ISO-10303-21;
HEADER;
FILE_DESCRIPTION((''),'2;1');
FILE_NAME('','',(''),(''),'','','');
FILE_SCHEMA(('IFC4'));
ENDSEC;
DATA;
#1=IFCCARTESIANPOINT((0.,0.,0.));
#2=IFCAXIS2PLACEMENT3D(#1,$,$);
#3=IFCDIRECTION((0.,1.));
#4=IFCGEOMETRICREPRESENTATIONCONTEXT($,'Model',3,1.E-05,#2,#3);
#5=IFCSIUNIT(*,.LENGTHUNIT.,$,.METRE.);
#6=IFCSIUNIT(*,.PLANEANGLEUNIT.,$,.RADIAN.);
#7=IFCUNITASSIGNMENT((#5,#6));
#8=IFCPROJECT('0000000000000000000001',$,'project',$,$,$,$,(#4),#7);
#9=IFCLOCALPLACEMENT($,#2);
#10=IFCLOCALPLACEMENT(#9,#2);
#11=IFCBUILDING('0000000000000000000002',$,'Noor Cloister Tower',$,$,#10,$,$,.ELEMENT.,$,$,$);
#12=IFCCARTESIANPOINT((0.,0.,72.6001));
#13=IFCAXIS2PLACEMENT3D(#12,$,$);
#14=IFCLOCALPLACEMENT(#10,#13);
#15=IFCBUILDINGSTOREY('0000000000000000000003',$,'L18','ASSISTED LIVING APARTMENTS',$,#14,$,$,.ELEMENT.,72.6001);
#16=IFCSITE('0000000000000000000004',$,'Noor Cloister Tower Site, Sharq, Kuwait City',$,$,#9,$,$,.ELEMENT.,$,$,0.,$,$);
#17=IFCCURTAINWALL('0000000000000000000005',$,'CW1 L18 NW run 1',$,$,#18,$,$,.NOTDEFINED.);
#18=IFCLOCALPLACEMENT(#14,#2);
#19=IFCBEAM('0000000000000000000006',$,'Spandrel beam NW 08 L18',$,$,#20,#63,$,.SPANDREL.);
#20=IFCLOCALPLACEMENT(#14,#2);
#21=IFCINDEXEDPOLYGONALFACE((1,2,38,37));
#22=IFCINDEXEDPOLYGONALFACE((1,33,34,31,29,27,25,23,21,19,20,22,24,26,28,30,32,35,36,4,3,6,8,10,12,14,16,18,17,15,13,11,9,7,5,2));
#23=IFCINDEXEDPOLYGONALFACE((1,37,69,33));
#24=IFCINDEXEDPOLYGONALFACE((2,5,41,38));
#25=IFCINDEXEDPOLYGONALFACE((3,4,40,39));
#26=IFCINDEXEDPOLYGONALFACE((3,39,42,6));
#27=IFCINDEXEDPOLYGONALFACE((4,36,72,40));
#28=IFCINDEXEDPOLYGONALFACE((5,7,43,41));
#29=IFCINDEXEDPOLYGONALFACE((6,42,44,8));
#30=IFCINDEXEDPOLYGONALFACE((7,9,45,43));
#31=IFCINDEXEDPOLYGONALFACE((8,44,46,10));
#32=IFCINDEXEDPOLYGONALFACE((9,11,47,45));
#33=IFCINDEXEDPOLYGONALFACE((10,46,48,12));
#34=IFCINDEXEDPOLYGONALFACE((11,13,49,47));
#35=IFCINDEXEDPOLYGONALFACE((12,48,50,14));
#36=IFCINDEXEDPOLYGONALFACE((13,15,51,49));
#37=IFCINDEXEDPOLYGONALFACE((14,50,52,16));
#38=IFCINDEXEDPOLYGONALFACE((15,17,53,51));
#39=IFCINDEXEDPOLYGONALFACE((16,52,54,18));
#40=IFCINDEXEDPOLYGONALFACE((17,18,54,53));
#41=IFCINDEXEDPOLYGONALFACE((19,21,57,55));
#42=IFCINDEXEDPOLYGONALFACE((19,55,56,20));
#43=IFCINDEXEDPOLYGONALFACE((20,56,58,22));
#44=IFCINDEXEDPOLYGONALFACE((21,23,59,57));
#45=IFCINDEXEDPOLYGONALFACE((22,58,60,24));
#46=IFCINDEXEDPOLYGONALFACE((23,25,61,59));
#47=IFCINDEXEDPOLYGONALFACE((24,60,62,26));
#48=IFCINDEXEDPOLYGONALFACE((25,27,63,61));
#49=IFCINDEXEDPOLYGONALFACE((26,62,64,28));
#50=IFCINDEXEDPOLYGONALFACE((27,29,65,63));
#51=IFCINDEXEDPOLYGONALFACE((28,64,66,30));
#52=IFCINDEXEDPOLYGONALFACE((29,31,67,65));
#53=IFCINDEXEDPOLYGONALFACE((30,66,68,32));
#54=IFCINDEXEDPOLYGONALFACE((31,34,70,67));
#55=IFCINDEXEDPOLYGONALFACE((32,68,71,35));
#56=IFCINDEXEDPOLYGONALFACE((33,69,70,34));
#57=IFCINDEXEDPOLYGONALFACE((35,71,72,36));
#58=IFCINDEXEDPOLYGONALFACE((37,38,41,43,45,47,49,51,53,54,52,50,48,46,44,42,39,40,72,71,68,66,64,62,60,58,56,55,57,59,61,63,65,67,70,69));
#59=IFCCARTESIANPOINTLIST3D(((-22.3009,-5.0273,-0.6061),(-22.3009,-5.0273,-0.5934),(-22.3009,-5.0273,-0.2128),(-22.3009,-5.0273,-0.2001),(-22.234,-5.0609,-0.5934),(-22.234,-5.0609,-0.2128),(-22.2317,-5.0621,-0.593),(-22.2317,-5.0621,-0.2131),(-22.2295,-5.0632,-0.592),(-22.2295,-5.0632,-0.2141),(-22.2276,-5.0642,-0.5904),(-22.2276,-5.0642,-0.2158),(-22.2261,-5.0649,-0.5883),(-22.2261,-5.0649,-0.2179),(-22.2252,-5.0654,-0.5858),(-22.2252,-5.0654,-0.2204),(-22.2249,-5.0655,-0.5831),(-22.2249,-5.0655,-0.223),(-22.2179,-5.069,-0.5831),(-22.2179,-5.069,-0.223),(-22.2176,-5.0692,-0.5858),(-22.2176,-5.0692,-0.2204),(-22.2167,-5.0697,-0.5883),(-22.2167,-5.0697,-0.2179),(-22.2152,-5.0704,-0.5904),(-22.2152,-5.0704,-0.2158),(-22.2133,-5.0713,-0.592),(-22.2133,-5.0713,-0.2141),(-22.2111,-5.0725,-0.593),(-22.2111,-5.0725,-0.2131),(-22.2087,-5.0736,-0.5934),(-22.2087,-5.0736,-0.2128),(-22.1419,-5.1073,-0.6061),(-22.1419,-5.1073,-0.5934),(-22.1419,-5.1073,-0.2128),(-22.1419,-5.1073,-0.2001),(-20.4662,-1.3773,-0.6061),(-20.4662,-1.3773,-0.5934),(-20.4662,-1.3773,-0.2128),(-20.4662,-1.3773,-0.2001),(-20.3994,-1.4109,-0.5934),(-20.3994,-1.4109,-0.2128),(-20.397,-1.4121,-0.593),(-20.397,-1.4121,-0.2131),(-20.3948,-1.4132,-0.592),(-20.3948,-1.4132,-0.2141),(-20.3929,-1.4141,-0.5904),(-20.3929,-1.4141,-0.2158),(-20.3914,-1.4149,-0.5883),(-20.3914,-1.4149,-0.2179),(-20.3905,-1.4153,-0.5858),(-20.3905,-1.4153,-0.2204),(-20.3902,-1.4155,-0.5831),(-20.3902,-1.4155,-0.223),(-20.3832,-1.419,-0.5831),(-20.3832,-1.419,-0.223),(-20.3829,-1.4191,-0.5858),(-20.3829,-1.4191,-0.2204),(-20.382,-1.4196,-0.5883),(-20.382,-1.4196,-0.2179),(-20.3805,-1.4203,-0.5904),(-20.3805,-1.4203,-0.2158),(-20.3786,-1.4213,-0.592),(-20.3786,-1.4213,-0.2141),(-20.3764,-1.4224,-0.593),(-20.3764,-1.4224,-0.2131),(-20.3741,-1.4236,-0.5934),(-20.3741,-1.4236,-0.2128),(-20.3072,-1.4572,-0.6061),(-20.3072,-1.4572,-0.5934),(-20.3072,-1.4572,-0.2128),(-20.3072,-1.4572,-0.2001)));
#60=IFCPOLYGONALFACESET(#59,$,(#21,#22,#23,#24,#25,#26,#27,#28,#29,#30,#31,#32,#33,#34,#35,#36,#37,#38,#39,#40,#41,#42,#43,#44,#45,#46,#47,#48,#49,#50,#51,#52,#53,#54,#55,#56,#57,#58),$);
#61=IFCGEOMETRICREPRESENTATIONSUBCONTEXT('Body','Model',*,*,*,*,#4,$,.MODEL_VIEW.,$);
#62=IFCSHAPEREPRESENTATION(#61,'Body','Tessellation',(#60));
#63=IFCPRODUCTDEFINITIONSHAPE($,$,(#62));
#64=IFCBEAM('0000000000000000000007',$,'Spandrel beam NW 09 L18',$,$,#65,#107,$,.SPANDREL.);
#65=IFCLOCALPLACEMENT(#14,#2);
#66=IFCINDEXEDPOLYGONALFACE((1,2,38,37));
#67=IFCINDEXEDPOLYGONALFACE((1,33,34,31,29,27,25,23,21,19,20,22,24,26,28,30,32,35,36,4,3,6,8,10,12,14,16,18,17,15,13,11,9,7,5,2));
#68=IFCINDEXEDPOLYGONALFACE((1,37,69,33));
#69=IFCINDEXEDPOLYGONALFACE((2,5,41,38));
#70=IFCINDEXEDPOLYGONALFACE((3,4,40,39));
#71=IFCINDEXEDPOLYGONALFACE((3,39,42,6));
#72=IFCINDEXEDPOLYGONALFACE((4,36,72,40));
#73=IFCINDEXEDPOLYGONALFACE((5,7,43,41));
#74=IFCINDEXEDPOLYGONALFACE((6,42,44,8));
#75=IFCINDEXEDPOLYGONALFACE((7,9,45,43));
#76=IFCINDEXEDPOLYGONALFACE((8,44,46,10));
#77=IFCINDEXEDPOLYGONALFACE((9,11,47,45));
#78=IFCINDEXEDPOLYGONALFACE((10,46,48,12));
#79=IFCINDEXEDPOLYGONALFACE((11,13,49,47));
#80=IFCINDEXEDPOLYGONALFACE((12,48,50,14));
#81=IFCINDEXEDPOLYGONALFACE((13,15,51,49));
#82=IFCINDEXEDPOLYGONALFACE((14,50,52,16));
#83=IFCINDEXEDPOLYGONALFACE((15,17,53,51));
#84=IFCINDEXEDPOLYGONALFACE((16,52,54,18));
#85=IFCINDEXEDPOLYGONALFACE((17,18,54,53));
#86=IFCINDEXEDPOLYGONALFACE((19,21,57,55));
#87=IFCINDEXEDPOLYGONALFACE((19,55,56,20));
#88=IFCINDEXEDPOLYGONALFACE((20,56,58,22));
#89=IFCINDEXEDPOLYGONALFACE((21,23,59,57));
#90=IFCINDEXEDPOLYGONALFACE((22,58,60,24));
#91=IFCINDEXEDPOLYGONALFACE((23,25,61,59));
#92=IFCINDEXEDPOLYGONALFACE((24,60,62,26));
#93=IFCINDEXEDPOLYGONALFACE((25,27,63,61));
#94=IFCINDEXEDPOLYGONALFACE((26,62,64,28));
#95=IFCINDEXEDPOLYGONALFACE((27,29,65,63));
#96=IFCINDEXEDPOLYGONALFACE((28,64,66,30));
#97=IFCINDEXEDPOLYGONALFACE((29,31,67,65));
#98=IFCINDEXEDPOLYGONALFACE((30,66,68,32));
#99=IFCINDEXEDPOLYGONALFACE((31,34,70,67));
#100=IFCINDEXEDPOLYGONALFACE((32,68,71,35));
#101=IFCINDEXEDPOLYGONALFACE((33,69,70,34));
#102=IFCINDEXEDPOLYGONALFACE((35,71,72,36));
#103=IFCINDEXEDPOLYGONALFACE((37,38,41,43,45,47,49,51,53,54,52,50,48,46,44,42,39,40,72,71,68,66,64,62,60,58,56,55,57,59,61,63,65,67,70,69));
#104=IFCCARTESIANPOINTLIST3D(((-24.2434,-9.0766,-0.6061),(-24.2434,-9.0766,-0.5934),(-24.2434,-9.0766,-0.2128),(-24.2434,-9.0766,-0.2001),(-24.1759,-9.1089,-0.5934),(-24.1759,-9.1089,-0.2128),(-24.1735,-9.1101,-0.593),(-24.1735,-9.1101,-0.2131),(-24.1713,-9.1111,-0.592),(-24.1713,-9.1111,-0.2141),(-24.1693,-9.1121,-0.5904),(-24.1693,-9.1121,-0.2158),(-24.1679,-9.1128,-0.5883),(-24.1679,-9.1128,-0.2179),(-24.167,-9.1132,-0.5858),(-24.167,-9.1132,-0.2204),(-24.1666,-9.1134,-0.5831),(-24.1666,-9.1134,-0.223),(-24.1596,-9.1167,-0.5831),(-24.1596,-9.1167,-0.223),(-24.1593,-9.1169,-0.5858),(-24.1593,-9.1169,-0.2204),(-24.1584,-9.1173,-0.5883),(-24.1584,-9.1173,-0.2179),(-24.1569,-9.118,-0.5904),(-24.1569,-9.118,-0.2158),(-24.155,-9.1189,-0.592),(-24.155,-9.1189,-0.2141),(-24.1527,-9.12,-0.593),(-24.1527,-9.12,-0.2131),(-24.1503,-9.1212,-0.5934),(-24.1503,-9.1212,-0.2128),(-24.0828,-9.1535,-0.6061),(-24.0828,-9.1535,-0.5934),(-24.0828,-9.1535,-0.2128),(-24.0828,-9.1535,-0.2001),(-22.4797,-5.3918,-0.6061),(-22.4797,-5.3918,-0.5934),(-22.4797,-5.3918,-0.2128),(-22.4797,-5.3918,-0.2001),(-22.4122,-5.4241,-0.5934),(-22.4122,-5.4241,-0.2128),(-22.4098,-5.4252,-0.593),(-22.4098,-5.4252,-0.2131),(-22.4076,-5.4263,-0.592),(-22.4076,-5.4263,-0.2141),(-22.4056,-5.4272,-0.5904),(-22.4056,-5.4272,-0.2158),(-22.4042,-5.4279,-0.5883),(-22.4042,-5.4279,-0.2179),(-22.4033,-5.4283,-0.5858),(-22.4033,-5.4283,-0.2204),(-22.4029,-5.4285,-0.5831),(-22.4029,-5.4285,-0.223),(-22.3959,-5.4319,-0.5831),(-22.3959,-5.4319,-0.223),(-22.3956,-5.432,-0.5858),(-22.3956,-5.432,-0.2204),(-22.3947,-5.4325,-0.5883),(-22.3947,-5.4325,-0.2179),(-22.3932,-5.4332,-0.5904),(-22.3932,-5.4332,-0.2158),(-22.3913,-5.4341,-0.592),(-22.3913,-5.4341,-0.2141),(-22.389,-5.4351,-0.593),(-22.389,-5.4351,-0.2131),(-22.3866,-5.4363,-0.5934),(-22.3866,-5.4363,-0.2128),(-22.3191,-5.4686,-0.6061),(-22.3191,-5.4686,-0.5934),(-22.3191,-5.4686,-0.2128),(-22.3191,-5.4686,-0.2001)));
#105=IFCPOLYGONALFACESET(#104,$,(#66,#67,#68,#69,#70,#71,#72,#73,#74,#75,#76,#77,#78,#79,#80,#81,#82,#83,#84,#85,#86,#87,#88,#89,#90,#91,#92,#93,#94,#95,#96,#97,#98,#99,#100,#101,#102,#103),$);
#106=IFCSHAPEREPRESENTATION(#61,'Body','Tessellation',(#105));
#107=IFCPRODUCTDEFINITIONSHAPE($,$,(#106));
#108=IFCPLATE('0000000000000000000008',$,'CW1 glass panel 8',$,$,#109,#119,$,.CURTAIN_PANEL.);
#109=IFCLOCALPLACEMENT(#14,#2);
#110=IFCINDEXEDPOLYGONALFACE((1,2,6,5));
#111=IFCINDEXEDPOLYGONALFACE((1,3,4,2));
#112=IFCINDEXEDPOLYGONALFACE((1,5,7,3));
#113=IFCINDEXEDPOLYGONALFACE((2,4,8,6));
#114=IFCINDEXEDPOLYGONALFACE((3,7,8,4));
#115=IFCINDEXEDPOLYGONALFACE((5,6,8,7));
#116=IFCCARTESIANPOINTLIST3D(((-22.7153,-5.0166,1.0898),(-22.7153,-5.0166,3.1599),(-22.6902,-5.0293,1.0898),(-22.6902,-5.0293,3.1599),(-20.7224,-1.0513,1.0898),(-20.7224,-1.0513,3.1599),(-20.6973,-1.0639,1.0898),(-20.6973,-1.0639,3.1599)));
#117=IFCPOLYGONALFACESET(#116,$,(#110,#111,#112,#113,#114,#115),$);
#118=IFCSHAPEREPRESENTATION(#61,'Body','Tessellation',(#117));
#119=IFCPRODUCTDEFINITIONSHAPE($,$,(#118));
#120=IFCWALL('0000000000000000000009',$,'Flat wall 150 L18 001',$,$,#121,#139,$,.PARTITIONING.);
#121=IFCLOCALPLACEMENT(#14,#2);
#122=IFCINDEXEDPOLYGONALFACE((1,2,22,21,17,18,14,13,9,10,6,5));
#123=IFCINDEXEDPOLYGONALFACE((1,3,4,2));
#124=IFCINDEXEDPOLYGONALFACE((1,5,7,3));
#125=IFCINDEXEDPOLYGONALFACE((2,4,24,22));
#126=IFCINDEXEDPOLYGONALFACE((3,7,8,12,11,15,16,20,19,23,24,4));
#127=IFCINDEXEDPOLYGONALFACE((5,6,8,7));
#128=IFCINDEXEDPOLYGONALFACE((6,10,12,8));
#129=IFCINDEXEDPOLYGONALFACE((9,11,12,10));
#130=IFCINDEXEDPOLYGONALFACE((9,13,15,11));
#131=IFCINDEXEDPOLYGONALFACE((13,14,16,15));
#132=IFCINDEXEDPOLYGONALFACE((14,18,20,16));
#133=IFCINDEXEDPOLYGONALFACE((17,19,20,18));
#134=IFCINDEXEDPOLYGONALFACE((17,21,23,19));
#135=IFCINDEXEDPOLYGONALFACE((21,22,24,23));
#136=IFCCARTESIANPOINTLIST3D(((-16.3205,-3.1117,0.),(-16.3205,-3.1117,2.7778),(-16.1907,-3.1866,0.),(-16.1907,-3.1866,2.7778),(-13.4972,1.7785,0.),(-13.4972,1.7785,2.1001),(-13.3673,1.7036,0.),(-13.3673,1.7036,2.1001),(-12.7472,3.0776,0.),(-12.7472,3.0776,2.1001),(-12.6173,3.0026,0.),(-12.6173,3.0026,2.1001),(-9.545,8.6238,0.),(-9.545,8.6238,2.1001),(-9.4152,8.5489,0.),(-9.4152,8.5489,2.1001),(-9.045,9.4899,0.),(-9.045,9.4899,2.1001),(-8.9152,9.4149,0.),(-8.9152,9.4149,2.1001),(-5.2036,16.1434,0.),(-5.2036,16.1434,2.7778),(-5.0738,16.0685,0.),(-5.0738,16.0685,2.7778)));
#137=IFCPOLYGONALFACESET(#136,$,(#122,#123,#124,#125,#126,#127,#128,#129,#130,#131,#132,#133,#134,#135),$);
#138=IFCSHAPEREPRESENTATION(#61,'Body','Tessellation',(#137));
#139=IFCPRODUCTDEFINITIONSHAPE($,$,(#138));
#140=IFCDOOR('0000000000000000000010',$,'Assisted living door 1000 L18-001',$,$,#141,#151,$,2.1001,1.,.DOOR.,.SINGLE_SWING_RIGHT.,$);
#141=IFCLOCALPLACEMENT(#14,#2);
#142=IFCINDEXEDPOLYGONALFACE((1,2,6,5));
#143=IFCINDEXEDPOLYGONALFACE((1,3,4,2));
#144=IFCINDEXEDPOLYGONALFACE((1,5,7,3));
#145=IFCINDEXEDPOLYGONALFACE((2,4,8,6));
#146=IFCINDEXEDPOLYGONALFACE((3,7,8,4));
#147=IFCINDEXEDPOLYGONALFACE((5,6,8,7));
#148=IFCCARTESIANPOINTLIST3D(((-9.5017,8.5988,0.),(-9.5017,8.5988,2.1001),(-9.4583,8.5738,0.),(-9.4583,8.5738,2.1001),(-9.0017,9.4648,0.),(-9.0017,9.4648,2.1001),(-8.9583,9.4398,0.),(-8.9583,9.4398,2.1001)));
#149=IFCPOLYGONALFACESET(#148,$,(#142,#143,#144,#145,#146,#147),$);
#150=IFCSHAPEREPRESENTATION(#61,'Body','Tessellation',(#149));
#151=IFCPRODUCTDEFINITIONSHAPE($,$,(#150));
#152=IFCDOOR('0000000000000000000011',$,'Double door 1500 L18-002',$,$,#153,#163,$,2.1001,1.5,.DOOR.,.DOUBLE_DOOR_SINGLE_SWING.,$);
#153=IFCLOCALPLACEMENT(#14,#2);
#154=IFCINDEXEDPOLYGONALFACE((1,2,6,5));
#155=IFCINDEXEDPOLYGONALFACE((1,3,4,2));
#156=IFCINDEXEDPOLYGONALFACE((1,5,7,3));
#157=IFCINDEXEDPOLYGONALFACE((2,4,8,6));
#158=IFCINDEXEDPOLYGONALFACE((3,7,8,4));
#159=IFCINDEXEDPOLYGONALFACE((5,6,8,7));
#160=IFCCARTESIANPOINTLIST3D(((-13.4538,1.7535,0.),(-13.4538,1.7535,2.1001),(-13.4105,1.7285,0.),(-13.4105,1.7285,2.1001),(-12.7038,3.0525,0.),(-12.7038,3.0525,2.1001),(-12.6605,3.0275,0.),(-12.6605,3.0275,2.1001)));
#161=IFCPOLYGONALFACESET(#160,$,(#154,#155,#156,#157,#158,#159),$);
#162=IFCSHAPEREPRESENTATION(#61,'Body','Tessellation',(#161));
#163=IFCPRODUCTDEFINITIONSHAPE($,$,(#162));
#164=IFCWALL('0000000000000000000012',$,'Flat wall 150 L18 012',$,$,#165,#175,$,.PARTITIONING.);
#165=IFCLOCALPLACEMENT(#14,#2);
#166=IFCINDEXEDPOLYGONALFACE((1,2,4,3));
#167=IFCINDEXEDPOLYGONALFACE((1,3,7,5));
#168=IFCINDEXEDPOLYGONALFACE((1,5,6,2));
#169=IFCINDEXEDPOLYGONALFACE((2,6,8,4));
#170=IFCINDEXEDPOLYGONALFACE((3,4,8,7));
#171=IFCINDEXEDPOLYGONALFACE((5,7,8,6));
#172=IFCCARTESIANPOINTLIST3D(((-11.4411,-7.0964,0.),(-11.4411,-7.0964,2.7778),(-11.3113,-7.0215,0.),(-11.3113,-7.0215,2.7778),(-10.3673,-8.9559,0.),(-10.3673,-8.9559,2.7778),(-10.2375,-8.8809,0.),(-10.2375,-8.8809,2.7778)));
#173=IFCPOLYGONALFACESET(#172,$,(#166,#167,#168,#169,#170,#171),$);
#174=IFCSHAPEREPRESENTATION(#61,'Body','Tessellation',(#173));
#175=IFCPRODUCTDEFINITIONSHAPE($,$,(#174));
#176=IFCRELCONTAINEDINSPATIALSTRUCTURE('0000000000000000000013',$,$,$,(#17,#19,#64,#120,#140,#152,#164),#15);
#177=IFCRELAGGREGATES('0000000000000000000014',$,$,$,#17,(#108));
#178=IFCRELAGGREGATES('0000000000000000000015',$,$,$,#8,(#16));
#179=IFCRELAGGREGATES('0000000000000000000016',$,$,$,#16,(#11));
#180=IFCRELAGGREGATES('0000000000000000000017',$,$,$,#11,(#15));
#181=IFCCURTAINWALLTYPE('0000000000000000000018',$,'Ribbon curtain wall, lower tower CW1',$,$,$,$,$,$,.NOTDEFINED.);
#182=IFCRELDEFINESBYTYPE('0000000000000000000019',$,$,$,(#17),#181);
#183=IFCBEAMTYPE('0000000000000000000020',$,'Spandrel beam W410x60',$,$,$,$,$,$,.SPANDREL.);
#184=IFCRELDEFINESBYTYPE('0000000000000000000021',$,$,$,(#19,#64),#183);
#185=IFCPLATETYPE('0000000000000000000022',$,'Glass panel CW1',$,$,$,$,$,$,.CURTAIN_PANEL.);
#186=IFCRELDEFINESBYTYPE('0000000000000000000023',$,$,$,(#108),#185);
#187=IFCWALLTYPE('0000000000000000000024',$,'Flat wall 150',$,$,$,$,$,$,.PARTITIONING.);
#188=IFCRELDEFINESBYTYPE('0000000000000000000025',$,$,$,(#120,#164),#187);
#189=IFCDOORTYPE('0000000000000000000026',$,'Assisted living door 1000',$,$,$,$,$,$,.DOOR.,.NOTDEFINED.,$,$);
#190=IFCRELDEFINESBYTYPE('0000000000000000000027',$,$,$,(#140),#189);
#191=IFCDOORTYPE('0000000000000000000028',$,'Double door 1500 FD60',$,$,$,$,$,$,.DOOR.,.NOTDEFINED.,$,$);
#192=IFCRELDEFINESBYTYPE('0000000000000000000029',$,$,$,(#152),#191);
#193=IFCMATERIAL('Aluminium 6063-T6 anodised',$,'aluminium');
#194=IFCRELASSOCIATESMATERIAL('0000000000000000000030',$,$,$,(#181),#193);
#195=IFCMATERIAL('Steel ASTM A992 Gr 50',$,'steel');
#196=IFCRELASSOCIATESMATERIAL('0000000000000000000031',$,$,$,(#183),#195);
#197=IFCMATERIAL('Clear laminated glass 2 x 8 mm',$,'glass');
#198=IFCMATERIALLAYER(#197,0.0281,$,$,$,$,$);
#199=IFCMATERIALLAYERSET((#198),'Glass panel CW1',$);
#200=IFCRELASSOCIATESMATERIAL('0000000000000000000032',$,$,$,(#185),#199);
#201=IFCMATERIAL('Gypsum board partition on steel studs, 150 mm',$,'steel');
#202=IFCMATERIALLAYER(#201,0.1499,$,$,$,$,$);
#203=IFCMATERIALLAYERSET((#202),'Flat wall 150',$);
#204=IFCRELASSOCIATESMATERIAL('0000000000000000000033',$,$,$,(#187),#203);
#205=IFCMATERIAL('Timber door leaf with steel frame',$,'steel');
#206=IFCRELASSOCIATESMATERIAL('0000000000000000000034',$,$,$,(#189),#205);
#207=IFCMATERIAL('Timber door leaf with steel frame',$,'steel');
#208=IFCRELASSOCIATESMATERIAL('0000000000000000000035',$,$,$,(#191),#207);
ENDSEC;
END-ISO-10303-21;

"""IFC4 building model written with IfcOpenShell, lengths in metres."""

from ifc_helpers import new_model, si_unit, direction, frame, frame_2d, origin, origin_2d, place, context, subcontext, project, spatial, rectangle, i_section, extrude, material, layer, layer_set, material_profile, profile_set, type_object, element, fill, aggregate, save


model = new_model("IFC4")

# Units and contexts
model_context = context("Model", 3, precision=1e-05, world=origin(), true_north=direction((0.0, 1.0)))
body_context = subcontext(model_context, "Body", "Model", "MODEL_VIEW")
ifc_project = project(units=[si_unit("LENGTHUNIT", "METRE"), si_unit("PLANEANGLEUNIT", "RADIAN")], contexts=[model_context])

# Site, building, storey
site_placement = place(None, origin())
site = spatial("IfcSite", under=ifc_project, at=site_placement, Name="Noor Cloister Tower Site, Sharq, Kuwait City", CompositionType="ELEMENT", RefElevation=0.0)
building_placement = place(site_placement, origin())
building = spatial("IfcBuilding", under=site, at=building_placement, Name="Noor Cloister Tower", CompositionType="ELEMENT")
storey_placement = place(building_placement, frame((0.0, 0.0, 72.6001)))
storey = spatial("IfcBuildingStorey", under=building, at=storey_placement, Name="L18", Description="ASSISTED LIVING APARTMENTS", CompositionType="ELEMENT", Elevation=72.6001)

# Curtain wall
ifc_material_1 = material(Name="Aluminium 6063-T6 anodised", Category="aluminium")
curtain_wall_type = type_object("IfcCurtainWallType", Name="Ribbon curtain wall, lower tower CW1", PredefinedType="NOTDEFINED", material=ifc_material_1)
curtain_wall_placement = place(storey_placement, origin())
curtain_wall = element("IfcCurtainWall", 1, at=curtain_wall_placement, inside=storey, type_object=curtain_wall_type, Name="CW1 L18 NW run 1", PredefinedType="NOTDEFINED")

# Beams
ifc_material_2 = material(Name="Steel ASTM A992 Gr 50", Category="steel")
ifc_material_profile_1 = material_profile(ifc_material_2, i_section(OverallWidth=0.178, OverallDepth=0.406, WebThickness=0.0078, FlangeThickness=0.0127, FilletRadius=0.0103, at=origin_2d()), Name="W410x60")
ifc_profile_set_1 = profile_set([ifc_material_profile_1], Name="Steel ASTM A992 Gr 50")
beam_type_1 = type_object("IfcBeamType", Name="Spandrel beam W410x60", PredefinedType="SPANDREL", material=ifc_profile_set_1)
for number, where, z_axis, x_axis, name in (
    (2, (-20.3867, -1.4172, -0.4031), (-0.449101, -0.893481, 0.0), (0.893481, -0.449101, 0.0), "Spandrel beam NW 08 L18"),
    (3, (-22.3994, -5.4302, -0.4031), (-0.431728, -0.902004, 0.0), (0.902004, -0.431728, 0.0), "Spandrel beam NW 09 L18"),
):
    element("IfcBeam", number, at=place(storey_placement, frame(where, z_axis=z_axis, x_axis=x_axis)), inside=storey, type_object=beam_type_1, Name=name, PredefinedType="SPANDREL", context=body_context, shape_type="SweptSolid", body=[
        extrude(i_section(OverallWidth=0.178, OverallDepth=0.406, WebThickness=0.0078, FlangeThickness=0.0127, FilletRadius=0.0103, at=origin_2d()), origin(), (0.0, 0.0, 1.0), 4.0852),
    ])

# Plate
ifc_material_3 = material(Name="Clear laminated glass 2 x 8 mm", Category="glass")
ifc_layer_1 = layer(ifc_material_3, 0.0281)
ifc_layer_set_1 = layer_set([ifc_layer_1], Name="Glass panel CW1")
plate_type = type_object("IfcPlateType", Name="Glass panel CW1", PredefinedType="CURTAIN_PANEL", material=ifc_layer_set_1)
plate_placement = place(storey_placement, frame((-21.7063, -3.0403, 1.0898), z_axis=(0.0, 0.0, 1.0), x_axis=(-0.449068, -0.893498, 0.0)))
plate = element("IfcPlate", 4, at=plate_placement, type_object=plate_type, Name="CW1 glass panel 8", PredefinedType="CURTAIN_PANEL", context=body_context, shape_type="SweptSolid", body=[
    extrude(rectangle(XDim=4.438, YDim=0.0281, at=origin_2d()), origin(), (0.0, 0.0, 1.0), 2.0701),
])
aggregate(curtain_wall, [plate])

# Wall, openings, doors
ifc_material_4 = material(Name="Gypsum board partition on steel studs, 150 mm", Category="steel")
ifc_layer_2 = layer(ifc_material_4, 0.1499)
ifc_layer_set_2 = layer_set([ifc_layer_2], Name="Flat wall 150")
wall_type_1 = type_object("IfcWallType", Name="Flat wall 150", PredefinedType="PARTITIONING", material=ifc_layer_set_2)
wall_1_placement = place(storey_placement, frame((-16.2556, -3.1492, 0.0), z_axis=(0.0, 0.0, 1.0), x_axis=(0.5, 0.866026, 0.0)))
wall_1 = element("IfcWall", 5, at=wall_1_placement, inside=storey, type_object=wall_type_1, Name="Flat wall 150 L18 001", PredefinedType="PARTITIONING", context=body_context, shape_type="SweptSolid", body=[
    extrude(rectangle(XDim=22.2339, YDim=0.1499, at=frame_2d((11.1169, 0.0))), origin(), (0.0, 0.0, 1.0), 2.7778),
])
opening_1_placement = place(wall_1_placement, frame((13.551, 0.0, 0.0)))
opening_1 = element("IfcOpeningElement", 6, at=opening_1_placement, cuts=wall_1, PredefinedType="OPENING", context=body_context, shape_type="SweptSolid", body=[
    extrude(rectangle(XDim=1.0, YDim=2.1001, at=frame_2d((0.5, 1.05))), frame((0.0, 0.085, 0.0), z_axis=(0.0, -1.0, 0.0), x_axis=(1.0, 0.0, 0.0)), (0.0, 0.0, 1.0), 0.1699),
])
opening_2_placement = place(wall_1_placement, frame((5.6467, 0.0, 0.0)))
opening_2 = element("IfcOpeningElement", 7, at=opening_2_placement, cuts=wall_1, PredefinedType="OPENING", context=body_context, shape_type="SweptSolid", body=[
    extrude(rectangle(XDim=1.5, YDim=2.1001, at=frame_2d((0.75, 1.05))), frame((0.0, 0.085, 0.0), z_axis=(0.0, -1.0, 0.0), x_axis=(1.0, 0.0, 0.0)), (0.0, 0.0, 1.0), 0.1699),
])
ifc_material_5 = material(Name="Timber door leaf with steel frame", Category="steel")
door_type_1 = type_object("IfcDoorType", Name="Assisted living door 1000", OperationType="NOTDEFINED", PredefinedType="DOOR", material=ifc_material_5)
door_1_placement = place(opening_1_placement, origin())
door_1 = element("IfcDoor", 8, at=door_1_placement, inside=storey, type_object=door_type_1, Name="Assisted living door 1000 L18-001", OperationType="SINGLE_SWING_RIGHT", OverallHeight=2.1001, OverallWidth=1.0, PredefinedType="DOOR", context=body_context, shape_type="SweptSolid", body=[
    extrude(rectangle(XDim=1.0, YDim=2.1001, at=frame_2d((0.5, 1.05))), frame((0.0, 0.0249, 0.0), z_axis=(0.0, -1.0, 0.0), x_axis=(1.0, 0.0, 0.0)), (0.0, 0.0, 1.0), 0.05),
])
fill(opening_1, door_1)
ifc_material_6 = material(Name="Timber door leaf with steel frame", Category="steel")
door_type_2 = type_object("IfcDoorType", Name="Double door 1500 FD60", OperationType="NOTDEFINED", PredefinedType="DOOR", material=ifc_material_6)
door_2_placement = place(opening_2_placement, origin())
door_2 = element("IfcDoor", 9, at=door_2_placement, inside=storey, type_object=door_type_2, Name="Double door 1500 L18-002", OperationType="DOUBLE_DOOR_SINGLE_SWING", OverallHeight=2.1001, OverallWidth=1.5, PredefinedType="DOOR", context=body_context, shape_type="SweptSolid", body=[
    extrude(rectangle(XDim=1.5, YDim=2.1001, at=frame_2d((0.75, 1.05))), frame((0.0, 0.0249, 0.0), z_axis=(0.0, -1.0, 0.0), x_axis=(1.0, 0.0, 0.0)), (0.0, 0.0, 1.0), 0.05),
])
fill(opening_2, door_2)

# Wall
wall_2_placement = place(storey_placement, frame((-11.3762, -7.0588, 0.0), z_axis=(0.0, 0.0, 1.0), x_axis=(0.500077, -0.865981, 0.0)))
element("IfcWall", 10, at=wall_2_placement, inside=storey, type_object=wall_type_1, Name="Flat wall 150 L18 012", PredefinedType="PARTITIONING", context=body_context, shape_type="SweptSolid", body=[
    extrude(rectangle(XDim=2.1472, YDim=0.1499, at=frame_2d((1.0737, 0.0))), origin(), (0.0, 0.0, 1.0), 2.7778),
])

save(model, "model.ifc")
